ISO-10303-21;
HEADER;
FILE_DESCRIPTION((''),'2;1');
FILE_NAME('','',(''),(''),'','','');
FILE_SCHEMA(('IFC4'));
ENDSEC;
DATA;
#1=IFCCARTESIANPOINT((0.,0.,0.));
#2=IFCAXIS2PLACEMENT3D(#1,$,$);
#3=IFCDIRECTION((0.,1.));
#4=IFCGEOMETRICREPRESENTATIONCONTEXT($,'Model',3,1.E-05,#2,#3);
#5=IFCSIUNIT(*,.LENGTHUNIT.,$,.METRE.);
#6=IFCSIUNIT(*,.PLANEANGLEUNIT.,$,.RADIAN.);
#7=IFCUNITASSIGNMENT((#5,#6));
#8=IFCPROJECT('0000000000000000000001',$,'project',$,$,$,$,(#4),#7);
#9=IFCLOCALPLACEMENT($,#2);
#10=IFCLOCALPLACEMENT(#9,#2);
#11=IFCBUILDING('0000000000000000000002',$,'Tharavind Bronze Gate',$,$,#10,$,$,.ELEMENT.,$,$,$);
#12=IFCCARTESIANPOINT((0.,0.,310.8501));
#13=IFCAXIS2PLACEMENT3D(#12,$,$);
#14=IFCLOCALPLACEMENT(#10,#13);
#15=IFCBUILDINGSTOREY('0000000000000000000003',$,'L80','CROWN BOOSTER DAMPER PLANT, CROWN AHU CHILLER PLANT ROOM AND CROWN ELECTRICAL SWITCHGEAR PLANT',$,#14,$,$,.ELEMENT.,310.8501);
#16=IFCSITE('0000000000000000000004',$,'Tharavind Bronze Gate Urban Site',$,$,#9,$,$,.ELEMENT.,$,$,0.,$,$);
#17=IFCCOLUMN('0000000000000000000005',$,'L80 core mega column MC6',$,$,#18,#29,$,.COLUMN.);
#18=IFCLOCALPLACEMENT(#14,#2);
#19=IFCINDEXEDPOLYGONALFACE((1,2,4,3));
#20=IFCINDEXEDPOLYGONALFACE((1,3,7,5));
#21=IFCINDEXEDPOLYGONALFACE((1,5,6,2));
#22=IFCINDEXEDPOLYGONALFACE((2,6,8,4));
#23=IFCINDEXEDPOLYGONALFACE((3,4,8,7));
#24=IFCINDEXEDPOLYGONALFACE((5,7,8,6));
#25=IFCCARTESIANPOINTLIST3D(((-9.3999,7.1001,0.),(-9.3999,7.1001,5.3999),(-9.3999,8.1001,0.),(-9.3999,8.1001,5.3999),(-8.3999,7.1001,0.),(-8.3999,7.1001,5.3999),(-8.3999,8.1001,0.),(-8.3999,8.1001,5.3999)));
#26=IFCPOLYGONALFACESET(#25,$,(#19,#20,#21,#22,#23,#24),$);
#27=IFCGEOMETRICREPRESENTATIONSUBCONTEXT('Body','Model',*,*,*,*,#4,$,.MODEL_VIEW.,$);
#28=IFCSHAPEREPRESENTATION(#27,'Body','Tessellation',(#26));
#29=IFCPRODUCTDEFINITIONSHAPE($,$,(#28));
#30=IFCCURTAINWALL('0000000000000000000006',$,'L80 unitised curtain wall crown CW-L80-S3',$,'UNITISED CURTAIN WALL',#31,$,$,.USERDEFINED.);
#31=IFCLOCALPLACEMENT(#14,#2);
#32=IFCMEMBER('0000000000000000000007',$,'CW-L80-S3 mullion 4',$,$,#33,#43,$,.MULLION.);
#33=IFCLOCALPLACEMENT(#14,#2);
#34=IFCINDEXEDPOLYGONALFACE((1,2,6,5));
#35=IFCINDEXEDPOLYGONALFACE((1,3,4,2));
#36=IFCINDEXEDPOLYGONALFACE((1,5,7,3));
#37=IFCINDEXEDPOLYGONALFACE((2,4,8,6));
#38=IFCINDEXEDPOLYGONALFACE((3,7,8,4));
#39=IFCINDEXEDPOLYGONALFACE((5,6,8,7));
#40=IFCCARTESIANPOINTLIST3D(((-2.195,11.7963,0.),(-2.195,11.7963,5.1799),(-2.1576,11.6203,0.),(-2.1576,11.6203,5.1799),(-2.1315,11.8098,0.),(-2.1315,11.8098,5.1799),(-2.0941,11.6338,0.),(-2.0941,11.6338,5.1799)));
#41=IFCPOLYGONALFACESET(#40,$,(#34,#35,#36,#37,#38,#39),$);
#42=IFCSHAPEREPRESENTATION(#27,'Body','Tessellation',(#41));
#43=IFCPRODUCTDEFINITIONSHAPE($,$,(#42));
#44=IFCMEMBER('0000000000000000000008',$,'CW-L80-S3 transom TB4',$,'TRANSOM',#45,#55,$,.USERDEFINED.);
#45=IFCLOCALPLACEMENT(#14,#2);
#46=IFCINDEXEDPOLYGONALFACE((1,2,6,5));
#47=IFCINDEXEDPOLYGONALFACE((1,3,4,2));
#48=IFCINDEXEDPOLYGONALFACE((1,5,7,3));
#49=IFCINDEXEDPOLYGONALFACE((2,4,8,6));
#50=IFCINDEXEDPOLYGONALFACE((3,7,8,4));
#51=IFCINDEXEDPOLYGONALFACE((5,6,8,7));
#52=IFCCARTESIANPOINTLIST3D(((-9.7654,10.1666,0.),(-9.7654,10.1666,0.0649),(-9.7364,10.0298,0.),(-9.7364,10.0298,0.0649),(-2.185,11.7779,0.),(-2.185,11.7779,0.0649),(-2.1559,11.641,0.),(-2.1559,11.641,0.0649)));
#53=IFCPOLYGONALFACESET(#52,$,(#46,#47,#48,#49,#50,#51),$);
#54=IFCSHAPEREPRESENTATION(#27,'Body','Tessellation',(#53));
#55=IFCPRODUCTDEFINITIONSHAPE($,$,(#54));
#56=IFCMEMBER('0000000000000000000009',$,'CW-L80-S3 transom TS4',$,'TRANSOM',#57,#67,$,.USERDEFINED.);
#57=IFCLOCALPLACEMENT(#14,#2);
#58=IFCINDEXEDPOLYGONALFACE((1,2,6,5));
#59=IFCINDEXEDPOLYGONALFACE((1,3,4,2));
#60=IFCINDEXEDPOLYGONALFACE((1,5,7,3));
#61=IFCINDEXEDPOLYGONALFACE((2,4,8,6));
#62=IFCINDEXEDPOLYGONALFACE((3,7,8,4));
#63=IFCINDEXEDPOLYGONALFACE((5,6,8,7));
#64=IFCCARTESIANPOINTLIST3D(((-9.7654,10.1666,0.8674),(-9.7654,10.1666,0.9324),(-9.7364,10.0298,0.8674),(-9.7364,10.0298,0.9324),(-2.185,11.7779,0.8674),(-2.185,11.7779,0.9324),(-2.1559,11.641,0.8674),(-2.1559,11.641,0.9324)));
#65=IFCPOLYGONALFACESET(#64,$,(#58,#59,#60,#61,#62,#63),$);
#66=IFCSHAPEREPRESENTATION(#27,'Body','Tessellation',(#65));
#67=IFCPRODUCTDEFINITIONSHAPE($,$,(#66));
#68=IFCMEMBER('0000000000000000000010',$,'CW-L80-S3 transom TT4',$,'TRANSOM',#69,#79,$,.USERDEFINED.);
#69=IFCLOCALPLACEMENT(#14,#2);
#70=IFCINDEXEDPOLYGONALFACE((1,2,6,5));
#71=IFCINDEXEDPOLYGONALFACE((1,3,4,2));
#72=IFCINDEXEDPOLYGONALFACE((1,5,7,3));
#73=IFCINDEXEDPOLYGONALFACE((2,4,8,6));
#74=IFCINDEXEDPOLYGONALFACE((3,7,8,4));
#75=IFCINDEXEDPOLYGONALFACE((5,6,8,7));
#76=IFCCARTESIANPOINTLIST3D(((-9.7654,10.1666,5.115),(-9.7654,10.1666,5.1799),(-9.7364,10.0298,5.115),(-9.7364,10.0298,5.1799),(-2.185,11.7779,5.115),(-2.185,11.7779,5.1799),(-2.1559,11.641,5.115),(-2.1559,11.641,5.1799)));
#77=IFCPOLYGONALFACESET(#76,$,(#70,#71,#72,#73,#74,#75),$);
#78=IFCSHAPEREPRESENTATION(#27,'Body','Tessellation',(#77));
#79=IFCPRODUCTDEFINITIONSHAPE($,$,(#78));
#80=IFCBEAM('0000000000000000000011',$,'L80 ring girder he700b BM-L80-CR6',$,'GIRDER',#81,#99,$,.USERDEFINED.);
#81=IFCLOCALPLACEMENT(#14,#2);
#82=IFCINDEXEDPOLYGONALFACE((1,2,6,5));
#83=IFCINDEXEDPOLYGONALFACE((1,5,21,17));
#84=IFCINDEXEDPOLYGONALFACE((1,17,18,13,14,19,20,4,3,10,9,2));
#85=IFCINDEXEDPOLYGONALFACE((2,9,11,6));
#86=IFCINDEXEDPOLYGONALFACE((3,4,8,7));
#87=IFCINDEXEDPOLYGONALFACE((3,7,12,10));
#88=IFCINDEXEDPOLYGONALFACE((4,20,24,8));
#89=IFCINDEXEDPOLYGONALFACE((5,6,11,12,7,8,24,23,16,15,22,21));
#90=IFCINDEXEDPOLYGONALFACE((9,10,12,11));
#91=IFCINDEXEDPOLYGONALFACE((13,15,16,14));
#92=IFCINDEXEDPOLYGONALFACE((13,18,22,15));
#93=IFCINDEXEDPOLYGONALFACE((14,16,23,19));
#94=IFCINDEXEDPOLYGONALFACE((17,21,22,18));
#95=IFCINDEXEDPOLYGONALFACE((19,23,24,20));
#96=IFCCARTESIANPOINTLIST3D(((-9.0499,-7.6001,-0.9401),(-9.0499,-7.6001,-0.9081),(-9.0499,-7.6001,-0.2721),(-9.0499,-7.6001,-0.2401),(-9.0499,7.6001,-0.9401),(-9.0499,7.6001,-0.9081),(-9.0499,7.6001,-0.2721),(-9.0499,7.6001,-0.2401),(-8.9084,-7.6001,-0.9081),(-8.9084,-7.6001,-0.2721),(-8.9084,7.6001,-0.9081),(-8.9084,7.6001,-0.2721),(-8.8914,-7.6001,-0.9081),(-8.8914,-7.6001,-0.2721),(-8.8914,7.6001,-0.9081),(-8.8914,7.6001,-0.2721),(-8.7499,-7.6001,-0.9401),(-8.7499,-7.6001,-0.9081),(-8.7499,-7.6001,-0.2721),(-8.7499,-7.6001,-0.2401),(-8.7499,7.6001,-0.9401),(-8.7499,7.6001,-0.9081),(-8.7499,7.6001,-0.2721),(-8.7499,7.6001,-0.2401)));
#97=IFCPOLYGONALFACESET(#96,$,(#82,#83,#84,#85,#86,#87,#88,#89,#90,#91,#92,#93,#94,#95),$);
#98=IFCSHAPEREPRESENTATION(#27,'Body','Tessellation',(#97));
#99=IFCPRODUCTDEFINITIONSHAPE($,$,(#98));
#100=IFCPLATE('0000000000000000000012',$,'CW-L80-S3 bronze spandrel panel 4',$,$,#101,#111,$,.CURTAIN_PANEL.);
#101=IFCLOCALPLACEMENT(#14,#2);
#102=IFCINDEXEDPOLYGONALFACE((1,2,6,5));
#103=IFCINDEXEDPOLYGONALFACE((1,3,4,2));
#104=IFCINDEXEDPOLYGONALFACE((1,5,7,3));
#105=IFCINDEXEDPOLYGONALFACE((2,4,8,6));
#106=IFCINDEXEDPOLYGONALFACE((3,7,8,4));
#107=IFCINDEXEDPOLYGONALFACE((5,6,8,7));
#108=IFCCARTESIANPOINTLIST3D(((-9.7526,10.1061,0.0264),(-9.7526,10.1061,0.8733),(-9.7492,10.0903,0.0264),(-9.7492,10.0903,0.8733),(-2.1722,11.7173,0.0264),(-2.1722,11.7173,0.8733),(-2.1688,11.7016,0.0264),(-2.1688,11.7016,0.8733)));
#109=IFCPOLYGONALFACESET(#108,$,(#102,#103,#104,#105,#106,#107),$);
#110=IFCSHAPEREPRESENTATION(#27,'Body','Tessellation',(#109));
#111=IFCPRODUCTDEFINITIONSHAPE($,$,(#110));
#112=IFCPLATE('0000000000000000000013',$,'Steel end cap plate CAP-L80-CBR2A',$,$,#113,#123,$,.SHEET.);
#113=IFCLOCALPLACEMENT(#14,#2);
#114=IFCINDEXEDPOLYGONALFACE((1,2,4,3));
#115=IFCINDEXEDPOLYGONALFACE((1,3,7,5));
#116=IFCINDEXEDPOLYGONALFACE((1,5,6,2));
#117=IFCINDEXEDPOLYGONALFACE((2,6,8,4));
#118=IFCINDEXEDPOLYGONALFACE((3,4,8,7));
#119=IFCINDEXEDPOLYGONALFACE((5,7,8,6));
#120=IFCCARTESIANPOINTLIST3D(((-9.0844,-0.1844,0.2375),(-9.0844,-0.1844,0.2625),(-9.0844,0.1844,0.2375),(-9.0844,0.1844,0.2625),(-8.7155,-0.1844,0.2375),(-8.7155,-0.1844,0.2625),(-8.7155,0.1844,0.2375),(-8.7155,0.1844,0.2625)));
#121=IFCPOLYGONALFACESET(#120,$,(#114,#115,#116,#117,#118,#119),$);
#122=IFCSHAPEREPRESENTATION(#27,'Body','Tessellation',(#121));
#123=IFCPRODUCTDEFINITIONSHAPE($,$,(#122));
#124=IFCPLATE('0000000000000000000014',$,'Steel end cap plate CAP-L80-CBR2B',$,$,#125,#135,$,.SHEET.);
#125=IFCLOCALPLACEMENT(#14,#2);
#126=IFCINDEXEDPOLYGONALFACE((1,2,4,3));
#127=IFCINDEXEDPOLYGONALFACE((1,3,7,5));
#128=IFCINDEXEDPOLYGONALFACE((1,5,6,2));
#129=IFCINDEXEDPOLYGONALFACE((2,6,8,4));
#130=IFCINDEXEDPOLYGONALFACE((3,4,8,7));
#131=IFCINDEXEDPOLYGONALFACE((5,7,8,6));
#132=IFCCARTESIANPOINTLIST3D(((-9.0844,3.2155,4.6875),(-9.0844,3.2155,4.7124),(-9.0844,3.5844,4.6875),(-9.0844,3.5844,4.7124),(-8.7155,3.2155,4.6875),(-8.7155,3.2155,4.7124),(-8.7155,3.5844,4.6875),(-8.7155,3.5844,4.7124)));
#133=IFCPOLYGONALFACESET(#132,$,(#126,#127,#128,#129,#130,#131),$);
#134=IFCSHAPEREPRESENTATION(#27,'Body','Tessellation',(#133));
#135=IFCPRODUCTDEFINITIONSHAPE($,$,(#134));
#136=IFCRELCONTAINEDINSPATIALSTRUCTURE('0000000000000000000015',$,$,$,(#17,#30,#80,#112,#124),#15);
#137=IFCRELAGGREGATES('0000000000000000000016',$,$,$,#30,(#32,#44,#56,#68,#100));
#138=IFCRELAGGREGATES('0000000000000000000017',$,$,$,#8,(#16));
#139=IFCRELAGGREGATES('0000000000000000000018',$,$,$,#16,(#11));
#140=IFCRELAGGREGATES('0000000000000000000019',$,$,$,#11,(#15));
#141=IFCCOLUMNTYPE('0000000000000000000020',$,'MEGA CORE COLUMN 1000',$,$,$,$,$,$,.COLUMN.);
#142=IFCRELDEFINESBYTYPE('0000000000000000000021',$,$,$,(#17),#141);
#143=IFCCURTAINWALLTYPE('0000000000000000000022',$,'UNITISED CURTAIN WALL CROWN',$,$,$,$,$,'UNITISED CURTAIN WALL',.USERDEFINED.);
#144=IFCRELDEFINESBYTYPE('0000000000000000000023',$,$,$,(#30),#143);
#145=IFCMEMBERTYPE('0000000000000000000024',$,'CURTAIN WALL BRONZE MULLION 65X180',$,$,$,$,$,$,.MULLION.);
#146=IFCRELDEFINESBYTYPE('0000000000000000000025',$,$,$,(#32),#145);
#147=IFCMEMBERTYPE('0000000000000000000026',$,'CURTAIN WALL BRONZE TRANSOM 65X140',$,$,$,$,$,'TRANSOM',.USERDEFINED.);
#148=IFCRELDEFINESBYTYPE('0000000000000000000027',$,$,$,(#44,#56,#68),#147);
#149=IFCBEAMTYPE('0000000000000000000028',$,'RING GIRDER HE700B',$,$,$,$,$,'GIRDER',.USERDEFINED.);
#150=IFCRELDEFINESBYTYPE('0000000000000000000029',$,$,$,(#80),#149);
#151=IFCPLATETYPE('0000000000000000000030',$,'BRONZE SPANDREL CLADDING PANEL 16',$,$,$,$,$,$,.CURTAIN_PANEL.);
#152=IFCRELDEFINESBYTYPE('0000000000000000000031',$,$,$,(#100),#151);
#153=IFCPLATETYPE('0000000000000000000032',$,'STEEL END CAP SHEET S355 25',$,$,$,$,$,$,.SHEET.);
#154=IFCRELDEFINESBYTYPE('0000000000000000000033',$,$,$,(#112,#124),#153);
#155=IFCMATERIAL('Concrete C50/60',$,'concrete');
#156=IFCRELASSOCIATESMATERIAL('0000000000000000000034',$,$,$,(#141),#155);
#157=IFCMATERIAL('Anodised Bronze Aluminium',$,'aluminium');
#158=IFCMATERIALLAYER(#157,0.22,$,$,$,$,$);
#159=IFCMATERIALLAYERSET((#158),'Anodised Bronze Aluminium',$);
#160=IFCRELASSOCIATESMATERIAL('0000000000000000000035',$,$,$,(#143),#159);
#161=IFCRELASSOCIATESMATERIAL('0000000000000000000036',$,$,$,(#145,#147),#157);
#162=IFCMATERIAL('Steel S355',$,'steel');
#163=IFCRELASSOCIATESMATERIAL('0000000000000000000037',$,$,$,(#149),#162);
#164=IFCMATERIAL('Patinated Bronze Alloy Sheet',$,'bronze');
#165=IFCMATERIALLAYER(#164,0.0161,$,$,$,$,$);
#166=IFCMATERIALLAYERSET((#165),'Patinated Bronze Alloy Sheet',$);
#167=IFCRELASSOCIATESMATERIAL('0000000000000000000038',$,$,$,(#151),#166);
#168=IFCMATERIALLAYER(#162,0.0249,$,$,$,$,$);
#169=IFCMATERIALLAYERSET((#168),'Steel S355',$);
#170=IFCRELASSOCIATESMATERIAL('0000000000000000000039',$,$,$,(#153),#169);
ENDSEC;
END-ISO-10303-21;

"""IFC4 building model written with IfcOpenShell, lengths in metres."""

from ifc_helpers import new_model, si_unit, direction, frame, origin, origin_2d, place, context, subcontext, project, spatial, rectangle, i_section, extrude, material, layer, layer_set, material_profile, profile_set, type_object, element, aggregate, save


model = new_model("IFC4")

# Units and contexts
model_context = context("Model", 3, precision=1e-05, world=origin(), true_north=direction((0.0, 1.0)))
body_context = subcontext(model_context, "Body", "Model", "MODEL_VIEW")
ifc_project = project(units=[si_unit("LENGTHUNIT", "METRE"), si_unit("PLANEANGLEUNIT", "RADIAN")], contexts=[model_context])

# Site, building, storey
site_placement = place(None, origin())
site = spatial("IfcSite", under=ifc_project, at=site_placement, Name="Tharavind Bronze Gate Urban Site", CompositionType="ELEMENT", RefElevation=0.0)
building_placement = place(site_placement, origin())
building = spatial("IfcBuilding", under=site, at=building_placement, Name="Tharavind Bronze Gate", CompositionType="ELEMENT")
storey_placement = place(building_placement, frame((0.0, 0.0, 310.8501)))
storey = spatial("IfcBuildingStorey", under=building, at=storey_placement, Name="L80", Description="CROWN BOOSTER DAMPER PLANT, CROWN AHU CHILLER PLANT ROOM AND CROWN ELECTRICAL SWITCHGEAR PLANT", CompositionType="ELEMENT", Elevation=310.8501)

# Column
ifc_material_1 = material(Name="Concrete C50/60", Category="concrete")
ifc_material_profile_1 = material_profile(ifc_material_1, rectangle(XDim=1.0, YDim=1.0, at=origin_2d()), Name="RCCOL1000")
ifc_profile_set_1 = profile_set([ifc_material_profile_1], Name="Concrete C50/60")
column_type = type_object("IfcColumnType", Name="MEGA CORE COLUMN 1000", PredefinedType="COLUMN", material=ifc_profile_set_1)
column_placement = place(storey_placement, frame((-8.8999, 7.6001, 0.0), z_axis=(0.0, 0.0, 1.0), x_axis=(1.0, 0.0, 0.0)))
element("IfcColumn", 1, at=column_placement, inside=storey, type_object=column_type, Name="L80 core mega column MC6", PredefinedType="COLUMN", context=body_context, shape_type="SweptSolid", body=[
    extrude(rectangle(XDim=1.0, YDim=1.0, at=origin_2d()), origin(), (0.0, 0.0, 1.0), 5.3999),
])

# Curtain wall, members
ifc_material_2 = material(Name="Anodised Bronze Aluminium", Category="aluminium")
ifc_layer_1 = layer(ifc_material_2, 0.22)
ifc_layer_set_1 = layer_set([ifc_layer_1], Name="Anodised Bronze Aluminium")
curtain_wall_type = type_object("IfcCurtainWallType", Name="UNITISED CURTAIN WALL CROWN", ElementType="UNITISED CURTAIN WALL", PredefinedType="USERDEFINED", material=ifc_layer_set_1)
curtain_wall_placement = place(storey_placement, origin())
curtain_wall = element("IfcCurtainWall", 2, at=curtain_wall_placement, inside=storey, type_object=curtain_wall_type, Name="L80 unitised curtain wall crown CW-L80-S3", ObjectType="UNITISED CURTAIN WALL", PredefinedType="USERDEFINED")
member_type_1 = type_object("IfcMemberType", Name="CURTAIN WALL BRONZE MULLION 65X180", PredefinedType="MULLION", material=ifc_material_2)
member_1_placement = place(storey_placement, frame((-2.1445, 11.7151, 0.0), z_axis=(0.0, 0.0, 1.0), x_axis=(-0.978147, -0.207913, 0.0)))
member_1 = element("IfcMember", 3, at=member_1_placement, type_object=member_type_1, Name="CW-L80-S3 mullion 4", PredefinedType="MULLION", context=body_context, shape_type="SweptSolid", body=[
    extrude(rectangle(XDim=0.0649, YDim=0.1799, at=origin_2d()), origin(), (0.0, 0.0, 1.0), 5.1799),
])
member_type_2 = type_object("IfcMemberType", Name="CURTAIN WALL BRONZE TRANSOM 65X140", ElementType="TRANSOM", PredefinedType="USERDEFINED", material=ifc_material_2)
member_2_placement = place(storey_placement, frame((-5.9607, 10.9038, 0.0), z_axis=(0.0, 0.0, 1.0), x_axis=(-0.978147, -0.207913, 0.0)))
member_2 = element("IfcMember", 4, at=member_2_placement, type_object=member_type_2, Name="CW-L80-S3 transom TB4", ObjectType="TRANSOM", PredefinedType="USERDEFINED", context=body_context, shape_type="SweptSolid", body=[
    extrude(rectangle(XDim=7.7498, YDim=0.1399, at=origin_2d()), origin(), (0.0, 0.0, 1.0), 0.0649),
])
member_3_placement = place(storey_placement, frame((-5.9607, 10.9038, 0.8674), z_axis=(0.0, 0.0, 1.0), x_axis=(-0.978147, -0.207913, 0.0)))
member_3 = element("IfcMember", 5, at=member_3_placement, type_object=member_type_2, Name="CW-L80-S3 transom TS4", ObjectType="TRANSOM", PredefinedType="USERDEFINED", context=body_context, shape_type="SweptSolid", body=[
    extrude(rectangle(XDim=7.7498, YDim=0.1399, at=origin_2d()), origin(), (0.0, 0.0, 1.0), 0.0649),
])
member_4_placement = place(storey_placement, frame((-5.9607, 10.9038, 5.115), z_axis=(0.0, 0.0, 1.0), x_axis=(-0.978147, -0.207913, 0.0)))
member_4 = element("IfcMember", 6, at=member_4_placement, type_object=member_type_2, Name="CW-L80-S3 transom TT4", ObjectType="TRANSOM", PredefinedType="USERDEFINED", context=body_context, shape_type="SweptSolid", body=[
    extrude(rectangle(XDim=7.7498, YDim=0.1399, at=origin_2d()), origin(), (0.0, 0.0, 1.0), 0.0649),
])

# Beam
ifc_material_3 = material(Name="Steel S355", Category="steel")
ifc_material_profile_2 = material_profile(ifc_material_3, i_section(OverallWidth=0.3, OverallDepth=0.7, WebThickness=0.0171, FlangeThickness=0.032, at=origin_2d()), Name="HE700B")
ifc_profile_set_2 = profile_set([ifc_material_profile_2], Name="Steel S355")
beam_type = type_object("IfcBeamType", Name="RING GIRDER HE700B", ElementType="GIRDER", PredefinedType="USERDEFINED", material=ifc_profile_set_2)
beam_placement = place(storey_placement, frame((-8.8999, 7.6001, -0.5901), z_axis=(0.0, -1.0, 0.0), x_axis=(1.0, 0.0, 0.0)))
element("IfcBeam", 7, at=beam_placement, inside=storey, type_object=beam_type, Name="L80 ring girder he700b BM-L80-CR6", ObjectType="GIRDER", PredefinedType="USERDEFINED", context=body_context, shape_type="SweptSolid", body=[
    extrude(i_section(OverallWidth=0.3, OverallDepth=0.7, WebThickness=0.0171, FlangeThickness=0.032, at=origin_2d()), origin(), (0.0, 0.0, 1.0), 15.2002),
])

# Plate
ifc_material_4 = material(Name="Patinated Bronze Alloy Sheet", Category="bronze")
ifc_layer_2 = layer(ifc_material_4, 0.0161)
ifc_layer_set_2 = layer_set([ifc_layer_2], Name="Patinated Bronze Alloy Sheet")
plate_type_1 = type_object("IfcPlateType", Name="BRONZE SPANDREL CLADDING PANEL 16", PredefinedType="CURTAIN_PANEL", material=ifc_layer_set_2)
plate_1_placement = place(storey_placement, frame((-5.9607, 10.9038, 0.0264), z_axis=(0.0, 0.0, 1.0), x_axis=(-0.978147, -0.207913, 0.0)))
plate_1 = element("IfcPlate", 8, at=plate_1_placement, type_object=plate_type_1, Name="CW-L80-S3 bronze spandrel panel 4", PredefinedType="CURTAIN_PANEL", context=body_context, shape_type="SweptSolid", body=[
    extrude(rectangle(XDim=7.7498, YDim=0.0161, at=origin_2d()), origin(), (0.0, 0.0, 1.0), 0.8469),
])

# Plates
ifc_layer_3 = layer(ifc_material_3, 0.0249)
ifc_layer_set_3 = layer_set([ifc_layer_3], Name="Steel S355")
plate_type_2 = type_object("IfcPlateType", Name="STEEL END CAP SHEET S355 25", PredefinedType="SHEET", material=ifc_layer_set_3)
for number, where, z_axis, x_axis, name in (
    (9, (-8.8999, 0.0, 0.2375), (0.0, 0.0, 1.0), (1.0, 0.0, 0.0), "Steel end cap plate CAP-L80-CBR2A"),
    (10, (-8.8999, 3.3999, 4.6875), (0.0, 0.0, 1.0), (1.0, 0.0, 0.0), "Steel end cap plate CAP-L80-CBR2B"),
):
    element("IfcPlate", number, at=place(storey_placement, frame(where, z_axis=z_axis, x_axis=x_axis)), inside=storey, type_object=plate_type_2, Name=name, PredefinedType="SHEET", context=body_context, shape_type="SweptSolid", body=[
        extrude(rectangle(XDim=0.3689, YDim=0.3689, at=origin_2d()), origin(), (0.0, 0.0, 1.0), 0.0249),
    ])

aggregate(curtain_wall, [member_1, member_2, member_3, member_4, plate_1])

save(model, "model.ifc")
